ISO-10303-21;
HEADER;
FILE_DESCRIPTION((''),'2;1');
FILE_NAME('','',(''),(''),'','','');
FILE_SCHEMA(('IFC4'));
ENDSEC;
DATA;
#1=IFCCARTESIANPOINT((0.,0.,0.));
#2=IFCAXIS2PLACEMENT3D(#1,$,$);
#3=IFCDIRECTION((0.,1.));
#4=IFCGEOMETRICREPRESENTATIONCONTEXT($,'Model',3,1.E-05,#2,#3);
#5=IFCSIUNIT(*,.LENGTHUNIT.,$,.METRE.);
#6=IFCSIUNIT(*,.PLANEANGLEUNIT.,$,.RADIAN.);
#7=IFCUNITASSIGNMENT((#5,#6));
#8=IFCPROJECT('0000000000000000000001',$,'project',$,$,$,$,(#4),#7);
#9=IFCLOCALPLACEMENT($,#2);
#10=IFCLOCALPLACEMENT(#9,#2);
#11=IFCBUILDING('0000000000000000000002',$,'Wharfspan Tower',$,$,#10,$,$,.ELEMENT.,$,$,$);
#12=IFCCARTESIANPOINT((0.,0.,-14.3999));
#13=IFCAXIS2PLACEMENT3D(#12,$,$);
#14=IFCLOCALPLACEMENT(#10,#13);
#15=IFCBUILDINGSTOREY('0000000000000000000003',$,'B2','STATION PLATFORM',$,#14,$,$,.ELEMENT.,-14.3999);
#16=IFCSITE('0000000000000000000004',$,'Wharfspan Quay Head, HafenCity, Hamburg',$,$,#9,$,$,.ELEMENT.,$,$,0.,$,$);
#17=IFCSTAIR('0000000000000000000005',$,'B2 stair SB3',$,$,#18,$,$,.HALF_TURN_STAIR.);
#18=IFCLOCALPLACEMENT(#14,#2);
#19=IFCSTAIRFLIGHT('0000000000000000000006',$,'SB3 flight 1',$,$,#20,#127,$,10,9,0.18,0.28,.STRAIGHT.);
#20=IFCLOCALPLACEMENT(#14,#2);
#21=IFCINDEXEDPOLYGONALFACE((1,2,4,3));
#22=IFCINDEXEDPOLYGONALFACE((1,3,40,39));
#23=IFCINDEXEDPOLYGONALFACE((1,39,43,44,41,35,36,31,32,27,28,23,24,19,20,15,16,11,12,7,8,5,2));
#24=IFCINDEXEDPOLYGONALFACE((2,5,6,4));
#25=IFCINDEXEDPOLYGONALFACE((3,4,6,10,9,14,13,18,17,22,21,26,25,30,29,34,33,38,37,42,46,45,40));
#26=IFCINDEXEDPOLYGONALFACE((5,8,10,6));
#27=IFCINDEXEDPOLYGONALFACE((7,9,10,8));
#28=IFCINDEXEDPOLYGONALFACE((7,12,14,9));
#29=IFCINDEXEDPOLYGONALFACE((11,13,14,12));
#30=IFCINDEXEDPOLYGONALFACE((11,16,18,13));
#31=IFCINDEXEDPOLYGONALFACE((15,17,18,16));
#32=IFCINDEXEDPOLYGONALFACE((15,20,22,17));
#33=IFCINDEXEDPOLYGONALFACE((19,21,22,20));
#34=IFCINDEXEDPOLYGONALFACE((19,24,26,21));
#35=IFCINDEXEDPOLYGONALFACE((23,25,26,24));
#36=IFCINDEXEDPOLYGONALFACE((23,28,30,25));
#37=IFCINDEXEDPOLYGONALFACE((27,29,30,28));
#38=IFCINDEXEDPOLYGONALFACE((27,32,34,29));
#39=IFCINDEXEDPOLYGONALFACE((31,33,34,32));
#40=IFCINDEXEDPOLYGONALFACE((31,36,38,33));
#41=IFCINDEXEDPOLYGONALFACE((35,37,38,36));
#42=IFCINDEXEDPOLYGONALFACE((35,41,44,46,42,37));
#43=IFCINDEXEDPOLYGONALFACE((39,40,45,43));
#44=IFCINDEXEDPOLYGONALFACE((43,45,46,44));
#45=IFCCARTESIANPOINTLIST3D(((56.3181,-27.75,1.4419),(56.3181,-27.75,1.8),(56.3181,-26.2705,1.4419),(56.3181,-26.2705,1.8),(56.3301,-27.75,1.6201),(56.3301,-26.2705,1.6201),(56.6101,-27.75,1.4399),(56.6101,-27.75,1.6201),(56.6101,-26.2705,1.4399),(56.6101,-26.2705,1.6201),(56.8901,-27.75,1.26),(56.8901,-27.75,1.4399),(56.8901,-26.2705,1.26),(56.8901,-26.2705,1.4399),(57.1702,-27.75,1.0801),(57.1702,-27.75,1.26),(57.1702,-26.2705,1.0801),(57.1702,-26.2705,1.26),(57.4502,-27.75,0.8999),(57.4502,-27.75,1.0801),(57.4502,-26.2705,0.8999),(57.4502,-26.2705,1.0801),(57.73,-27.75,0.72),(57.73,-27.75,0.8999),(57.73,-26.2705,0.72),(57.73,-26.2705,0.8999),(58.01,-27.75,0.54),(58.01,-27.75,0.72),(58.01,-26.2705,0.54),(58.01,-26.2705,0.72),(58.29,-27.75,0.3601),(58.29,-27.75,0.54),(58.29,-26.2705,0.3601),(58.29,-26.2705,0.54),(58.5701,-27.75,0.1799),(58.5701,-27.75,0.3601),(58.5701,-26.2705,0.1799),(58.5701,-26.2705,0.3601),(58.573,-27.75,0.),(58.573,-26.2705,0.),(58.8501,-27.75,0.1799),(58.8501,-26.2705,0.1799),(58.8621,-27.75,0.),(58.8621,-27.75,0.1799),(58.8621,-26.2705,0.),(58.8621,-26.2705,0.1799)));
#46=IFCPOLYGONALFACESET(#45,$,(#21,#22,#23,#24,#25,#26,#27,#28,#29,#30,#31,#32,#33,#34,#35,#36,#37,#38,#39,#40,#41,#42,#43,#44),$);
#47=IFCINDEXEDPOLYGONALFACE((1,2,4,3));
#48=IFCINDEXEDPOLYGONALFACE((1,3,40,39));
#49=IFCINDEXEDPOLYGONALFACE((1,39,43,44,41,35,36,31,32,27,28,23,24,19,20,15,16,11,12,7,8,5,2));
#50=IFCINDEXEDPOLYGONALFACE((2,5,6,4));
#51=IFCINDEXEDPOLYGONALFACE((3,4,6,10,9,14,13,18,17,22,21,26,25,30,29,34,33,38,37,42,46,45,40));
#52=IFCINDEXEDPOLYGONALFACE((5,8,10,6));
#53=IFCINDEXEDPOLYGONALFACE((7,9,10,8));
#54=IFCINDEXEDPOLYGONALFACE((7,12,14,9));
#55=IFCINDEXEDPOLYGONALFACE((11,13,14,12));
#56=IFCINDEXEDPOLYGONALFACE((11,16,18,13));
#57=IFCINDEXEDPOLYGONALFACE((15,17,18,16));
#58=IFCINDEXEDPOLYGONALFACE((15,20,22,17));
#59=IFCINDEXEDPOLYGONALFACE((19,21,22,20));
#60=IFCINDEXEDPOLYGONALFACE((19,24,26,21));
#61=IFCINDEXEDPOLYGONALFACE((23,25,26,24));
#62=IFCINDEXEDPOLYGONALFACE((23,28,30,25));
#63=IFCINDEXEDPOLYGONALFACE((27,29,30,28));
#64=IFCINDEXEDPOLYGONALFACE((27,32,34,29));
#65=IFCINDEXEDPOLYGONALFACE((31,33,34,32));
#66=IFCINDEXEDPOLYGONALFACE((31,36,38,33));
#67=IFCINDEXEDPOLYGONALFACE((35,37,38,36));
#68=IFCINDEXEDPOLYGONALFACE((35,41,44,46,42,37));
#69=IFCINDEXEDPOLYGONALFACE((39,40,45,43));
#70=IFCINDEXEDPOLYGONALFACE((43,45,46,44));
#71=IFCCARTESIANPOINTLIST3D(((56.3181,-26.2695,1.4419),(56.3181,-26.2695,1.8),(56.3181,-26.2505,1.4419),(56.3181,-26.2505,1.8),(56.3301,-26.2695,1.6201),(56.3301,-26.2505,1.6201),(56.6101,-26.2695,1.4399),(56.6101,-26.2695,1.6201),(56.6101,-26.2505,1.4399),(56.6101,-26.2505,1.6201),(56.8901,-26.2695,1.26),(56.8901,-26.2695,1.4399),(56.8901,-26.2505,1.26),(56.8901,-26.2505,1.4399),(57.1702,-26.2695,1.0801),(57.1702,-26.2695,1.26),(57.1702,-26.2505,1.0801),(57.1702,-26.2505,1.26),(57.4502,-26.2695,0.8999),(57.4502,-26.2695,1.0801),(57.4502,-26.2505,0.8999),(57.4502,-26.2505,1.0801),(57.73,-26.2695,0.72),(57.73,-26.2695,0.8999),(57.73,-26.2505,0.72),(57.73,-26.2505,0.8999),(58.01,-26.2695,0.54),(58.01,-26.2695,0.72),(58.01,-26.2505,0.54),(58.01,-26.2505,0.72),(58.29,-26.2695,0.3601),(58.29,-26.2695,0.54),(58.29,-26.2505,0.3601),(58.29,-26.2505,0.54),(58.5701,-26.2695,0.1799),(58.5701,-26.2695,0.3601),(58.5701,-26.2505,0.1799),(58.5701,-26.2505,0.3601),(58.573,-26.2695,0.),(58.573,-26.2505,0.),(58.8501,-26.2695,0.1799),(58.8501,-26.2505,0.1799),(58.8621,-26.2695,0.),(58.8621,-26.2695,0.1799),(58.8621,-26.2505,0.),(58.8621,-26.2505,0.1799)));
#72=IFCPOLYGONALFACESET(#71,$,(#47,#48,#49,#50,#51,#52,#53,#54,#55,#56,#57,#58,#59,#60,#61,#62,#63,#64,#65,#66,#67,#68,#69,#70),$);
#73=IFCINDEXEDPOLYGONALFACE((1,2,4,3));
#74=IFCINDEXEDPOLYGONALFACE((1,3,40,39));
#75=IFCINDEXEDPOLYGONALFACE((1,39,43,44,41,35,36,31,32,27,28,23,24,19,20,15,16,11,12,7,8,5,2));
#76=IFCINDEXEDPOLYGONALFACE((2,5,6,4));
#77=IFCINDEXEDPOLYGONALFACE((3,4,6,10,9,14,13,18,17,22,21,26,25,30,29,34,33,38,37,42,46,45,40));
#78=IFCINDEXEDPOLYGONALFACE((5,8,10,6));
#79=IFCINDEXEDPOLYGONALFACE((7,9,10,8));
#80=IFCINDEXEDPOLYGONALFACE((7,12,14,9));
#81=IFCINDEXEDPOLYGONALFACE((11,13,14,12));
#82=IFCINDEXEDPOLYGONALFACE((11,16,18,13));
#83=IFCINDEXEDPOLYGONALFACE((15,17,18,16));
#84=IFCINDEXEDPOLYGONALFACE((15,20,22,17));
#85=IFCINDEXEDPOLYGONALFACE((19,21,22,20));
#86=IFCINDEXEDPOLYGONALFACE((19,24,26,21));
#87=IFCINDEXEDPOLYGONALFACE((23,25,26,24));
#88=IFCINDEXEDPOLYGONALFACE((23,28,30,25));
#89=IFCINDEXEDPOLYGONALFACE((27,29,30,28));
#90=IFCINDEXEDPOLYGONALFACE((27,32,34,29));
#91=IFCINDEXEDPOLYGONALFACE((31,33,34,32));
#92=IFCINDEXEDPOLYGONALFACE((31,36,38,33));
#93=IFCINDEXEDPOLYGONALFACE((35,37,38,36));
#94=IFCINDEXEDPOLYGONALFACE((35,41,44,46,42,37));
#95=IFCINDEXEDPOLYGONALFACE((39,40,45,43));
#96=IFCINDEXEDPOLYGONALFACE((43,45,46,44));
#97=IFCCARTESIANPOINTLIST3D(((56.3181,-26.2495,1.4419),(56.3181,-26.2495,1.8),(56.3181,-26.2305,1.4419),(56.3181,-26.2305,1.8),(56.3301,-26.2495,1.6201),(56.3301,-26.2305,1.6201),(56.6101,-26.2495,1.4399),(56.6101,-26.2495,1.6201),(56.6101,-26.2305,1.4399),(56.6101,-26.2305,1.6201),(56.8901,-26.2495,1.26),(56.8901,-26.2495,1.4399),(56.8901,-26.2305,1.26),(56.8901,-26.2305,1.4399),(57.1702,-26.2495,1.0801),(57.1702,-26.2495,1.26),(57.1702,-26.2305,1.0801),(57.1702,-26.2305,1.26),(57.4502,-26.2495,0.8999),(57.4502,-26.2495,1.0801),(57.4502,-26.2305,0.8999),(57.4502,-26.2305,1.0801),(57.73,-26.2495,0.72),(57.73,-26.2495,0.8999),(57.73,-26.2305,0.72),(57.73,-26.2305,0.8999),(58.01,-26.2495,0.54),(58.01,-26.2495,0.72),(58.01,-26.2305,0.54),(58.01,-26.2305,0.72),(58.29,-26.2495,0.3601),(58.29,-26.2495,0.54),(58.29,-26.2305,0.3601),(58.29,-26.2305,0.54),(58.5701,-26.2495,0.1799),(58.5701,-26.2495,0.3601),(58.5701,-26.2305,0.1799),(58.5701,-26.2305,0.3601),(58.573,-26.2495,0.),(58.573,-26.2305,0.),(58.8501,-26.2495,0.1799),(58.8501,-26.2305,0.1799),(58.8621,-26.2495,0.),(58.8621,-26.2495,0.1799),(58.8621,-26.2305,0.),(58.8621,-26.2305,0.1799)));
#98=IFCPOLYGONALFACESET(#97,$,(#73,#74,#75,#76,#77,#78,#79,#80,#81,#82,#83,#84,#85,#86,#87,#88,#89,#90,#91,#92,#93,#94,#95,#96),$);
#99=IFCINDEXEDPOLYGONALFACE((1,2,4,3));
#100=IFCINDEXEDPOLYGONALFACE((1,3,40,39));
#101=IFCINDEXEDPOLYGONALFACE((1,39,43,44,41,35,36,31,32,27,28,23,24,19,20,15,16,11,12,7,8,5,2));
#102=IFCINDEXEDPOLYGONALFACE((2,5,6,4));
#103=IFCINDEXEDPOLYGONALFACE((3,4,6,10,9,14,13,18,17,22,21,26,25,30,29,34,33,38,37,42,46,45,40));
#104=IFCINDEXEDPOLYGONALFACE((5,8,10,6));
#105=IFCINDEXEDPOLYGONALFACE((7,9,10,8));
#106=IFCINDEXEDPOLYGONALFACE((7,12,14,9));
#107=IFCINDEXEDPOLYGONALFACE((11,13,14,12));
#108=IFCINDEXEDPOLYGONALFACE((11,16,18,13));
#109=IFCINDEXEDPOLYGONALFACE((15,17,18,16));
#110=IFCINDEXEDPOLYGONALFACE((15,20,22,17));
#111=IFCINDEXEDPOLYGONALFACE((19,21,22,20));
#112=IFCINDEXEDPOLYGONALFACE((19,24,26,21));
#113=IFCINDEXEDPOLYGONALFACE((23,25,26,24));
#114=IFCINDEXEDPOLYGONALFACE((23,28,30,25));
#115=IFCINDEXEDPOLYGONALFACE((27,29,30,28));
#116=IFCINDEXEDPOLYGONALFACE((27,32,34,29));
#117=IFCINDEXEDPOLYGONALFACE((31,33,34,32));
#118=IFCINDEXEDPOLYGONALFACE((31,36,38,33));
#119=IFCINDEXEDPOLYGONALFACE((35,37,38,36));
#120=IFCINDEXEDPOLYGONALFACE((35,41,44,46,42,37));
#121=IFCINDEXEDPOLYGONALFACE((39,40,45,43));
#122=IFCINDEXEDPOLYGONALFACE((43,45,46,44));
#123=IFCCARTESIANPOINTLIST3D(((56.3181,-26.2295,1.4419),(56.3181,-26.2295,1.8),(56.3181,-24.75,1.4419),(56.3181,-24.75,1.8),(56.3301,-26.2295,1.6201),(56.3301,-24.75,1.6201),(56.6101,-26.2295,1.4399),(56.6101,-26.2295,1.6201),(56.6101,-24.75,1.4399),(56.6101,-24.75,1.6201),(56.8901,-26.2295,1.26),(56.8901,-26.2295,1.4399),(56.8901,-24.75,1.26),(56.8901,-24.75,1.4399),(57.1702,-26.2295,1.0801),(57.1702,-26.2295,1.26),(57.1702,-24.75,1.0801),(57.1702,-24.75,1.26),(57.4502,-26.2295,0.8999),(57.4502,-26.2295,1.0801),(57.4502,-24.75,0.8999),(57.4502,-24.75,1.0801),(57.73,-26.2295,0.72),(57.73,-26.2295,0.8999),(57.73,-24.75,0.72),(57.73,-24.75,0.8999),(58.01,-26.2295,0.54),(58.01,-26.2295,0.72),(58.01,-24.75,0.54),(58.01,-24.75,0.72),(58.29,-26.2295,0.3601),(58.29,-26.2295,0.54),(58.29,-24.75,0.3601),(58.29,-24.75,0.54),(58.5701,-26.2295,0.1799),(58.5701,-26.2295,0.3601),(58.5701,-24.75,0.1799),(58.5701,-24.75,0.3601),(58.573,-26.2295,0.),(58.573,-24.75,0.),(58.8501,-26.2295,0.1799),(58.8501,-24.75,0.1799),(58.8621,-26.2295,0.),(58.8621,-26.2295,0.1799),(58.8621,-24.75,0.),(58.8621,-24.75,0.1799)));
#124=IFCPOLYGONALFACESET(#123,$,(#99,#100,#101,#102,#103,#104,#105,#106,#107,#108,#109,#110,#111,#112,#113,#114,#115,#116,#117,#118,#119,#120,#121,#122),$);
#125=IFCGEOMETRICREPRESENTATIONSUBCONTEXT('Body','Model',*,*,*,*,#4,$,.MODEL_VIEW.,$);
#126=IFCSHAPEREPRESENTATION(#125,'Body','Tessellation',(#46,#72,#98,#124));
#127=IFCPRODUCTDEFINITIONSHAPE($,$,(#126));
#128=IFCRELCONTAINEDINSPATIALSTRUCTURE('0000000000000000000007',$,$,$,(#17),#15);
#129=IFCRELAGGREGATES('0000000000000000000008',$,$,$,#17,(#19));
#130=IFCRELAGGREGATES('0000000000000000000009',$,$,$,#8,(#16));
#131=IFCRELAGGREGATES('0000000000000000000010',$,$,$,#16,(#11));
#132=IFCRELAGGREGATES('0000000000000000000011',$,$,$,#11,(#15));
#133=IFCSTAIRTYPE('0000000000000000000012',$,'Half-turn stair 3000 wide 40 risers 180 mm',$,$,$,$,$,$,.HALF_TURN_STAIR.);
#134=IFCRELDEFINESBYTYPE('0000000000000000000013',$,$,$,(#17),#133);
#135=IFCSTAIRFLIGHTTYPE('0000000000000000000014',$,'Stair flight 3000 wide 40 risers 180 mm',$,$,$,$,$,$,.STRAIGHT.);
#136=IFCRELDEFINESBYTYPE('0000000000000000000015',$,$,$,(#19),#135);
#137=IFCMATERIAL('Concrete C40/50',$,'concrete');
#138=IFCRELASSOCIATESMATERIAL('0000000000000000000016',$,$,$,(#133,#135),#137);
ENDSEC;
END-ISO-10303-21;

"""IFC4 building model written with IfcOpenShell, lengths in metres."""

from ifc_helpers import new_model, si_unit, direction, frame, origin, place, context, subcontext, project, spatial, polyline, outline, extrude, material, type_object, element, aggregate, save


model = new_model("IFC4")

# Units and contexts
model_context = context("Model", 3, precision=1e-05, world=origin(), true_north=direction((0.0, 1.0)))
body_context = subcontext(model_context, "Body", "Model", "MODEL_VIEW")
ifc_project = project(units=[si_unit("LENGTHUNIT", "METRE"), si_unit("PLANEANGLEUNIT", "RADIAN")], contexts=[model_context])

# Site, building, storey
site_placement = place(None, origin())
site = spatial("IfcSite", under=ifc_project, at=site_placement, Name="Wharfspan Quay Head, HafenCity, Hamburg", CompositionType="ELEMENT", RefElevation=0.0)
building_placement = place(site_placement, origin())
building = spatial("IfcBuilding", under=site, at=building_placement, Name="Wharfspan Tower", CompositionType="ELEMENT")
storey_placement = place(building_placement, frame((0.0, 0.0, -14.3999)))
storey = spatial("IfcBuildingStorey", under=building, at=storey_placement, Name="B2", Description="STATION PLATFORM", CompositionType="ELEMENT", Elevation=-14.3999)

# Shared definitions
ifc_material_1 = material(Name="Concrete C40/50", Category="concrete")

# Stair, stair flight
stair_type = type_object("IfcStairType", Name="Half-turn stair 3000 wide 40 risers 180 mm", PredefinedType="HALF_TURN_STAIR", material=ifc_material_1)
stair_1_placement = place(storey_placement, origin())
stair_1 = element("IfcStair", 1, at=stair_1_placement, inside=storey, type_object=stair_type, Name="B2 stair SB3", PredefinedType="HALF_TURN_STAIR")
stair_flight_type = type_object("IfcStairFlightType", Name="Stair flight 3000 wide 40 risers 180 mm", PredefinedType="STRAIGHT", material=ifc_material_1)
stair_flight_1_placement = place(storey_placement, frame((58.8501, -26.25, 0.0), z_axis=(0.0, 0.0, 1.0), x_axis=(-1.0, 0.0, 0.0)))
stair_flight_1 = element("IfcStairFlight", 2, at=stair_flight_1_placement, type_object=stair_flight_type, Name="SB3 flight 1", NumberOfRisers=10, NumberOfTreads=9, PredefinedType="STRAIGHT", RiserHeight=0.18, TreadLength=0.28, context=body_context, shape_type="SweptSolid", body=[
    extrude(outline(polyline([(-0.012, 0.0), (-0.012, 0.1799), (0.0, 0.1799), (0.28, 0.1799), (0.28, 0.3601), (0.5601, 0.3601), (0.5601, 0.54), (0.8401, 0.54), (0.8401, 0.72), (1.1201, 0.72), (1.1201, 0.8999), (1.3999, 0.8999), (1.3999, 1.0801), (1.6799, 1.0801), (1.6799, 1.26), (1.96, 1.26), (1.96, 1.4399), (2.24, 1.4399), (2.24, 1.6201), (2.52, 1.6201), (2.532, 1.8), (2.532, 1.4419), (0.2771, 0.0), (-0.012, 0.0)])), frame((0.0, 1.5, 0.0), z_axis=(0.0, -1.0, 0.0), x_axis=(1.0, 0.0, 0.0)), (0.0, 0.0, 1.0), 1.4795),
    extrude(outline(polyline([(-0.012, 0.0), (-0.012, 0.1799), (0.0, 0.1799), (0.28, 0.1799), (0.28, 0.3601), (0.5601, 0.3601), (0.5601, 0.54), (0.8401, 0.54), (0.8401, 0.72), (1.1201, 0.72), (1.1201, 0.8999), (1.3999, 0.8999), (1.3999, 1.0801), (1.6799, 1.0801), (1.6799, 1.26), (1.96, 1.26), (1.96, 1.4399), (2.24, 1.4399), (2.24, 1.6201), (2.52, 1.6201), (2.532, 1.8), (2.532, 1.4419), (0.2771, 0.0), (-0.012, 0.0)])), frame((0.0, 0.0195, 0.0), z_axis=(0.0, -1.0, 0.0), x_axis=(1.0, 0.0, 0.0)), (0.0, 0.0, 1.0), 0.019),
    extrude(outline(polyline([(-0.012, 0.0), (-0.012, 0.1799), (0.0, 0.1799), (0.28, 0.1799), (0.28, 0.3601), (0.5601, 0.3601), (0.5601, 0.54), (0.8401, 0.54), (0.8401, 0.72), (1.1201, 0.72), (1.1201, 0.8999), (1.3999, 0.8999), (1.3999, 1.0801), (1.6799, 1.0801), (1.6799, 1.26), (1.96, 1.26), (1.96, 1.4399), (2.24, 1.4399), (2.24, 1.6201), (2.52, 1.6201), (2.532, 1.8), (2.532, 1.4419), (0.2771, 0.0), (-0.012, 0.0)])), frame((0.0, -0.0005, 0.0), z_axis=(0.0, -1.0, 0.0), x_axis=(1.0, 0.0, 0.0)), (0.0, 0.0, 1.0), 0.019),
    extrude(outline(polyline([(-0.012, 0.0), (-0.012, 0.1799), (0.0, 0.1799), (0.28, 0.1799), (0.28, 0.3601), (0.5601, 0.3601), (0.5601, 0.54), (0.8401, 0.54), (0.8401, 0.72), (1.1201, 0.72), (1.1201, 0.8999), (1.3999, 0.8999), (1.3999, 1.0801), (1.6799, 1.0801), (1.6799, 1.26), (1.96, 1.26), (1.96, 1.4399), (2.24, 1.4399), (2.24, 1.6201), (2.52, 1.6201), (2.532, 1.8), (2.532, 1.4419), (0.2771, 0.0), (-0.012, 0.0)])), frame((0.0, -0.0205, 0.0), z_axis=(0.0, -1.0, 0.0), x_axis=(1.0, 0.0, 0.0)), (0.0, 0.0, 1.0), 1.4795),
])
aggregate(stair_1, [stair_flight_1])

save(model, "model.ifc")
